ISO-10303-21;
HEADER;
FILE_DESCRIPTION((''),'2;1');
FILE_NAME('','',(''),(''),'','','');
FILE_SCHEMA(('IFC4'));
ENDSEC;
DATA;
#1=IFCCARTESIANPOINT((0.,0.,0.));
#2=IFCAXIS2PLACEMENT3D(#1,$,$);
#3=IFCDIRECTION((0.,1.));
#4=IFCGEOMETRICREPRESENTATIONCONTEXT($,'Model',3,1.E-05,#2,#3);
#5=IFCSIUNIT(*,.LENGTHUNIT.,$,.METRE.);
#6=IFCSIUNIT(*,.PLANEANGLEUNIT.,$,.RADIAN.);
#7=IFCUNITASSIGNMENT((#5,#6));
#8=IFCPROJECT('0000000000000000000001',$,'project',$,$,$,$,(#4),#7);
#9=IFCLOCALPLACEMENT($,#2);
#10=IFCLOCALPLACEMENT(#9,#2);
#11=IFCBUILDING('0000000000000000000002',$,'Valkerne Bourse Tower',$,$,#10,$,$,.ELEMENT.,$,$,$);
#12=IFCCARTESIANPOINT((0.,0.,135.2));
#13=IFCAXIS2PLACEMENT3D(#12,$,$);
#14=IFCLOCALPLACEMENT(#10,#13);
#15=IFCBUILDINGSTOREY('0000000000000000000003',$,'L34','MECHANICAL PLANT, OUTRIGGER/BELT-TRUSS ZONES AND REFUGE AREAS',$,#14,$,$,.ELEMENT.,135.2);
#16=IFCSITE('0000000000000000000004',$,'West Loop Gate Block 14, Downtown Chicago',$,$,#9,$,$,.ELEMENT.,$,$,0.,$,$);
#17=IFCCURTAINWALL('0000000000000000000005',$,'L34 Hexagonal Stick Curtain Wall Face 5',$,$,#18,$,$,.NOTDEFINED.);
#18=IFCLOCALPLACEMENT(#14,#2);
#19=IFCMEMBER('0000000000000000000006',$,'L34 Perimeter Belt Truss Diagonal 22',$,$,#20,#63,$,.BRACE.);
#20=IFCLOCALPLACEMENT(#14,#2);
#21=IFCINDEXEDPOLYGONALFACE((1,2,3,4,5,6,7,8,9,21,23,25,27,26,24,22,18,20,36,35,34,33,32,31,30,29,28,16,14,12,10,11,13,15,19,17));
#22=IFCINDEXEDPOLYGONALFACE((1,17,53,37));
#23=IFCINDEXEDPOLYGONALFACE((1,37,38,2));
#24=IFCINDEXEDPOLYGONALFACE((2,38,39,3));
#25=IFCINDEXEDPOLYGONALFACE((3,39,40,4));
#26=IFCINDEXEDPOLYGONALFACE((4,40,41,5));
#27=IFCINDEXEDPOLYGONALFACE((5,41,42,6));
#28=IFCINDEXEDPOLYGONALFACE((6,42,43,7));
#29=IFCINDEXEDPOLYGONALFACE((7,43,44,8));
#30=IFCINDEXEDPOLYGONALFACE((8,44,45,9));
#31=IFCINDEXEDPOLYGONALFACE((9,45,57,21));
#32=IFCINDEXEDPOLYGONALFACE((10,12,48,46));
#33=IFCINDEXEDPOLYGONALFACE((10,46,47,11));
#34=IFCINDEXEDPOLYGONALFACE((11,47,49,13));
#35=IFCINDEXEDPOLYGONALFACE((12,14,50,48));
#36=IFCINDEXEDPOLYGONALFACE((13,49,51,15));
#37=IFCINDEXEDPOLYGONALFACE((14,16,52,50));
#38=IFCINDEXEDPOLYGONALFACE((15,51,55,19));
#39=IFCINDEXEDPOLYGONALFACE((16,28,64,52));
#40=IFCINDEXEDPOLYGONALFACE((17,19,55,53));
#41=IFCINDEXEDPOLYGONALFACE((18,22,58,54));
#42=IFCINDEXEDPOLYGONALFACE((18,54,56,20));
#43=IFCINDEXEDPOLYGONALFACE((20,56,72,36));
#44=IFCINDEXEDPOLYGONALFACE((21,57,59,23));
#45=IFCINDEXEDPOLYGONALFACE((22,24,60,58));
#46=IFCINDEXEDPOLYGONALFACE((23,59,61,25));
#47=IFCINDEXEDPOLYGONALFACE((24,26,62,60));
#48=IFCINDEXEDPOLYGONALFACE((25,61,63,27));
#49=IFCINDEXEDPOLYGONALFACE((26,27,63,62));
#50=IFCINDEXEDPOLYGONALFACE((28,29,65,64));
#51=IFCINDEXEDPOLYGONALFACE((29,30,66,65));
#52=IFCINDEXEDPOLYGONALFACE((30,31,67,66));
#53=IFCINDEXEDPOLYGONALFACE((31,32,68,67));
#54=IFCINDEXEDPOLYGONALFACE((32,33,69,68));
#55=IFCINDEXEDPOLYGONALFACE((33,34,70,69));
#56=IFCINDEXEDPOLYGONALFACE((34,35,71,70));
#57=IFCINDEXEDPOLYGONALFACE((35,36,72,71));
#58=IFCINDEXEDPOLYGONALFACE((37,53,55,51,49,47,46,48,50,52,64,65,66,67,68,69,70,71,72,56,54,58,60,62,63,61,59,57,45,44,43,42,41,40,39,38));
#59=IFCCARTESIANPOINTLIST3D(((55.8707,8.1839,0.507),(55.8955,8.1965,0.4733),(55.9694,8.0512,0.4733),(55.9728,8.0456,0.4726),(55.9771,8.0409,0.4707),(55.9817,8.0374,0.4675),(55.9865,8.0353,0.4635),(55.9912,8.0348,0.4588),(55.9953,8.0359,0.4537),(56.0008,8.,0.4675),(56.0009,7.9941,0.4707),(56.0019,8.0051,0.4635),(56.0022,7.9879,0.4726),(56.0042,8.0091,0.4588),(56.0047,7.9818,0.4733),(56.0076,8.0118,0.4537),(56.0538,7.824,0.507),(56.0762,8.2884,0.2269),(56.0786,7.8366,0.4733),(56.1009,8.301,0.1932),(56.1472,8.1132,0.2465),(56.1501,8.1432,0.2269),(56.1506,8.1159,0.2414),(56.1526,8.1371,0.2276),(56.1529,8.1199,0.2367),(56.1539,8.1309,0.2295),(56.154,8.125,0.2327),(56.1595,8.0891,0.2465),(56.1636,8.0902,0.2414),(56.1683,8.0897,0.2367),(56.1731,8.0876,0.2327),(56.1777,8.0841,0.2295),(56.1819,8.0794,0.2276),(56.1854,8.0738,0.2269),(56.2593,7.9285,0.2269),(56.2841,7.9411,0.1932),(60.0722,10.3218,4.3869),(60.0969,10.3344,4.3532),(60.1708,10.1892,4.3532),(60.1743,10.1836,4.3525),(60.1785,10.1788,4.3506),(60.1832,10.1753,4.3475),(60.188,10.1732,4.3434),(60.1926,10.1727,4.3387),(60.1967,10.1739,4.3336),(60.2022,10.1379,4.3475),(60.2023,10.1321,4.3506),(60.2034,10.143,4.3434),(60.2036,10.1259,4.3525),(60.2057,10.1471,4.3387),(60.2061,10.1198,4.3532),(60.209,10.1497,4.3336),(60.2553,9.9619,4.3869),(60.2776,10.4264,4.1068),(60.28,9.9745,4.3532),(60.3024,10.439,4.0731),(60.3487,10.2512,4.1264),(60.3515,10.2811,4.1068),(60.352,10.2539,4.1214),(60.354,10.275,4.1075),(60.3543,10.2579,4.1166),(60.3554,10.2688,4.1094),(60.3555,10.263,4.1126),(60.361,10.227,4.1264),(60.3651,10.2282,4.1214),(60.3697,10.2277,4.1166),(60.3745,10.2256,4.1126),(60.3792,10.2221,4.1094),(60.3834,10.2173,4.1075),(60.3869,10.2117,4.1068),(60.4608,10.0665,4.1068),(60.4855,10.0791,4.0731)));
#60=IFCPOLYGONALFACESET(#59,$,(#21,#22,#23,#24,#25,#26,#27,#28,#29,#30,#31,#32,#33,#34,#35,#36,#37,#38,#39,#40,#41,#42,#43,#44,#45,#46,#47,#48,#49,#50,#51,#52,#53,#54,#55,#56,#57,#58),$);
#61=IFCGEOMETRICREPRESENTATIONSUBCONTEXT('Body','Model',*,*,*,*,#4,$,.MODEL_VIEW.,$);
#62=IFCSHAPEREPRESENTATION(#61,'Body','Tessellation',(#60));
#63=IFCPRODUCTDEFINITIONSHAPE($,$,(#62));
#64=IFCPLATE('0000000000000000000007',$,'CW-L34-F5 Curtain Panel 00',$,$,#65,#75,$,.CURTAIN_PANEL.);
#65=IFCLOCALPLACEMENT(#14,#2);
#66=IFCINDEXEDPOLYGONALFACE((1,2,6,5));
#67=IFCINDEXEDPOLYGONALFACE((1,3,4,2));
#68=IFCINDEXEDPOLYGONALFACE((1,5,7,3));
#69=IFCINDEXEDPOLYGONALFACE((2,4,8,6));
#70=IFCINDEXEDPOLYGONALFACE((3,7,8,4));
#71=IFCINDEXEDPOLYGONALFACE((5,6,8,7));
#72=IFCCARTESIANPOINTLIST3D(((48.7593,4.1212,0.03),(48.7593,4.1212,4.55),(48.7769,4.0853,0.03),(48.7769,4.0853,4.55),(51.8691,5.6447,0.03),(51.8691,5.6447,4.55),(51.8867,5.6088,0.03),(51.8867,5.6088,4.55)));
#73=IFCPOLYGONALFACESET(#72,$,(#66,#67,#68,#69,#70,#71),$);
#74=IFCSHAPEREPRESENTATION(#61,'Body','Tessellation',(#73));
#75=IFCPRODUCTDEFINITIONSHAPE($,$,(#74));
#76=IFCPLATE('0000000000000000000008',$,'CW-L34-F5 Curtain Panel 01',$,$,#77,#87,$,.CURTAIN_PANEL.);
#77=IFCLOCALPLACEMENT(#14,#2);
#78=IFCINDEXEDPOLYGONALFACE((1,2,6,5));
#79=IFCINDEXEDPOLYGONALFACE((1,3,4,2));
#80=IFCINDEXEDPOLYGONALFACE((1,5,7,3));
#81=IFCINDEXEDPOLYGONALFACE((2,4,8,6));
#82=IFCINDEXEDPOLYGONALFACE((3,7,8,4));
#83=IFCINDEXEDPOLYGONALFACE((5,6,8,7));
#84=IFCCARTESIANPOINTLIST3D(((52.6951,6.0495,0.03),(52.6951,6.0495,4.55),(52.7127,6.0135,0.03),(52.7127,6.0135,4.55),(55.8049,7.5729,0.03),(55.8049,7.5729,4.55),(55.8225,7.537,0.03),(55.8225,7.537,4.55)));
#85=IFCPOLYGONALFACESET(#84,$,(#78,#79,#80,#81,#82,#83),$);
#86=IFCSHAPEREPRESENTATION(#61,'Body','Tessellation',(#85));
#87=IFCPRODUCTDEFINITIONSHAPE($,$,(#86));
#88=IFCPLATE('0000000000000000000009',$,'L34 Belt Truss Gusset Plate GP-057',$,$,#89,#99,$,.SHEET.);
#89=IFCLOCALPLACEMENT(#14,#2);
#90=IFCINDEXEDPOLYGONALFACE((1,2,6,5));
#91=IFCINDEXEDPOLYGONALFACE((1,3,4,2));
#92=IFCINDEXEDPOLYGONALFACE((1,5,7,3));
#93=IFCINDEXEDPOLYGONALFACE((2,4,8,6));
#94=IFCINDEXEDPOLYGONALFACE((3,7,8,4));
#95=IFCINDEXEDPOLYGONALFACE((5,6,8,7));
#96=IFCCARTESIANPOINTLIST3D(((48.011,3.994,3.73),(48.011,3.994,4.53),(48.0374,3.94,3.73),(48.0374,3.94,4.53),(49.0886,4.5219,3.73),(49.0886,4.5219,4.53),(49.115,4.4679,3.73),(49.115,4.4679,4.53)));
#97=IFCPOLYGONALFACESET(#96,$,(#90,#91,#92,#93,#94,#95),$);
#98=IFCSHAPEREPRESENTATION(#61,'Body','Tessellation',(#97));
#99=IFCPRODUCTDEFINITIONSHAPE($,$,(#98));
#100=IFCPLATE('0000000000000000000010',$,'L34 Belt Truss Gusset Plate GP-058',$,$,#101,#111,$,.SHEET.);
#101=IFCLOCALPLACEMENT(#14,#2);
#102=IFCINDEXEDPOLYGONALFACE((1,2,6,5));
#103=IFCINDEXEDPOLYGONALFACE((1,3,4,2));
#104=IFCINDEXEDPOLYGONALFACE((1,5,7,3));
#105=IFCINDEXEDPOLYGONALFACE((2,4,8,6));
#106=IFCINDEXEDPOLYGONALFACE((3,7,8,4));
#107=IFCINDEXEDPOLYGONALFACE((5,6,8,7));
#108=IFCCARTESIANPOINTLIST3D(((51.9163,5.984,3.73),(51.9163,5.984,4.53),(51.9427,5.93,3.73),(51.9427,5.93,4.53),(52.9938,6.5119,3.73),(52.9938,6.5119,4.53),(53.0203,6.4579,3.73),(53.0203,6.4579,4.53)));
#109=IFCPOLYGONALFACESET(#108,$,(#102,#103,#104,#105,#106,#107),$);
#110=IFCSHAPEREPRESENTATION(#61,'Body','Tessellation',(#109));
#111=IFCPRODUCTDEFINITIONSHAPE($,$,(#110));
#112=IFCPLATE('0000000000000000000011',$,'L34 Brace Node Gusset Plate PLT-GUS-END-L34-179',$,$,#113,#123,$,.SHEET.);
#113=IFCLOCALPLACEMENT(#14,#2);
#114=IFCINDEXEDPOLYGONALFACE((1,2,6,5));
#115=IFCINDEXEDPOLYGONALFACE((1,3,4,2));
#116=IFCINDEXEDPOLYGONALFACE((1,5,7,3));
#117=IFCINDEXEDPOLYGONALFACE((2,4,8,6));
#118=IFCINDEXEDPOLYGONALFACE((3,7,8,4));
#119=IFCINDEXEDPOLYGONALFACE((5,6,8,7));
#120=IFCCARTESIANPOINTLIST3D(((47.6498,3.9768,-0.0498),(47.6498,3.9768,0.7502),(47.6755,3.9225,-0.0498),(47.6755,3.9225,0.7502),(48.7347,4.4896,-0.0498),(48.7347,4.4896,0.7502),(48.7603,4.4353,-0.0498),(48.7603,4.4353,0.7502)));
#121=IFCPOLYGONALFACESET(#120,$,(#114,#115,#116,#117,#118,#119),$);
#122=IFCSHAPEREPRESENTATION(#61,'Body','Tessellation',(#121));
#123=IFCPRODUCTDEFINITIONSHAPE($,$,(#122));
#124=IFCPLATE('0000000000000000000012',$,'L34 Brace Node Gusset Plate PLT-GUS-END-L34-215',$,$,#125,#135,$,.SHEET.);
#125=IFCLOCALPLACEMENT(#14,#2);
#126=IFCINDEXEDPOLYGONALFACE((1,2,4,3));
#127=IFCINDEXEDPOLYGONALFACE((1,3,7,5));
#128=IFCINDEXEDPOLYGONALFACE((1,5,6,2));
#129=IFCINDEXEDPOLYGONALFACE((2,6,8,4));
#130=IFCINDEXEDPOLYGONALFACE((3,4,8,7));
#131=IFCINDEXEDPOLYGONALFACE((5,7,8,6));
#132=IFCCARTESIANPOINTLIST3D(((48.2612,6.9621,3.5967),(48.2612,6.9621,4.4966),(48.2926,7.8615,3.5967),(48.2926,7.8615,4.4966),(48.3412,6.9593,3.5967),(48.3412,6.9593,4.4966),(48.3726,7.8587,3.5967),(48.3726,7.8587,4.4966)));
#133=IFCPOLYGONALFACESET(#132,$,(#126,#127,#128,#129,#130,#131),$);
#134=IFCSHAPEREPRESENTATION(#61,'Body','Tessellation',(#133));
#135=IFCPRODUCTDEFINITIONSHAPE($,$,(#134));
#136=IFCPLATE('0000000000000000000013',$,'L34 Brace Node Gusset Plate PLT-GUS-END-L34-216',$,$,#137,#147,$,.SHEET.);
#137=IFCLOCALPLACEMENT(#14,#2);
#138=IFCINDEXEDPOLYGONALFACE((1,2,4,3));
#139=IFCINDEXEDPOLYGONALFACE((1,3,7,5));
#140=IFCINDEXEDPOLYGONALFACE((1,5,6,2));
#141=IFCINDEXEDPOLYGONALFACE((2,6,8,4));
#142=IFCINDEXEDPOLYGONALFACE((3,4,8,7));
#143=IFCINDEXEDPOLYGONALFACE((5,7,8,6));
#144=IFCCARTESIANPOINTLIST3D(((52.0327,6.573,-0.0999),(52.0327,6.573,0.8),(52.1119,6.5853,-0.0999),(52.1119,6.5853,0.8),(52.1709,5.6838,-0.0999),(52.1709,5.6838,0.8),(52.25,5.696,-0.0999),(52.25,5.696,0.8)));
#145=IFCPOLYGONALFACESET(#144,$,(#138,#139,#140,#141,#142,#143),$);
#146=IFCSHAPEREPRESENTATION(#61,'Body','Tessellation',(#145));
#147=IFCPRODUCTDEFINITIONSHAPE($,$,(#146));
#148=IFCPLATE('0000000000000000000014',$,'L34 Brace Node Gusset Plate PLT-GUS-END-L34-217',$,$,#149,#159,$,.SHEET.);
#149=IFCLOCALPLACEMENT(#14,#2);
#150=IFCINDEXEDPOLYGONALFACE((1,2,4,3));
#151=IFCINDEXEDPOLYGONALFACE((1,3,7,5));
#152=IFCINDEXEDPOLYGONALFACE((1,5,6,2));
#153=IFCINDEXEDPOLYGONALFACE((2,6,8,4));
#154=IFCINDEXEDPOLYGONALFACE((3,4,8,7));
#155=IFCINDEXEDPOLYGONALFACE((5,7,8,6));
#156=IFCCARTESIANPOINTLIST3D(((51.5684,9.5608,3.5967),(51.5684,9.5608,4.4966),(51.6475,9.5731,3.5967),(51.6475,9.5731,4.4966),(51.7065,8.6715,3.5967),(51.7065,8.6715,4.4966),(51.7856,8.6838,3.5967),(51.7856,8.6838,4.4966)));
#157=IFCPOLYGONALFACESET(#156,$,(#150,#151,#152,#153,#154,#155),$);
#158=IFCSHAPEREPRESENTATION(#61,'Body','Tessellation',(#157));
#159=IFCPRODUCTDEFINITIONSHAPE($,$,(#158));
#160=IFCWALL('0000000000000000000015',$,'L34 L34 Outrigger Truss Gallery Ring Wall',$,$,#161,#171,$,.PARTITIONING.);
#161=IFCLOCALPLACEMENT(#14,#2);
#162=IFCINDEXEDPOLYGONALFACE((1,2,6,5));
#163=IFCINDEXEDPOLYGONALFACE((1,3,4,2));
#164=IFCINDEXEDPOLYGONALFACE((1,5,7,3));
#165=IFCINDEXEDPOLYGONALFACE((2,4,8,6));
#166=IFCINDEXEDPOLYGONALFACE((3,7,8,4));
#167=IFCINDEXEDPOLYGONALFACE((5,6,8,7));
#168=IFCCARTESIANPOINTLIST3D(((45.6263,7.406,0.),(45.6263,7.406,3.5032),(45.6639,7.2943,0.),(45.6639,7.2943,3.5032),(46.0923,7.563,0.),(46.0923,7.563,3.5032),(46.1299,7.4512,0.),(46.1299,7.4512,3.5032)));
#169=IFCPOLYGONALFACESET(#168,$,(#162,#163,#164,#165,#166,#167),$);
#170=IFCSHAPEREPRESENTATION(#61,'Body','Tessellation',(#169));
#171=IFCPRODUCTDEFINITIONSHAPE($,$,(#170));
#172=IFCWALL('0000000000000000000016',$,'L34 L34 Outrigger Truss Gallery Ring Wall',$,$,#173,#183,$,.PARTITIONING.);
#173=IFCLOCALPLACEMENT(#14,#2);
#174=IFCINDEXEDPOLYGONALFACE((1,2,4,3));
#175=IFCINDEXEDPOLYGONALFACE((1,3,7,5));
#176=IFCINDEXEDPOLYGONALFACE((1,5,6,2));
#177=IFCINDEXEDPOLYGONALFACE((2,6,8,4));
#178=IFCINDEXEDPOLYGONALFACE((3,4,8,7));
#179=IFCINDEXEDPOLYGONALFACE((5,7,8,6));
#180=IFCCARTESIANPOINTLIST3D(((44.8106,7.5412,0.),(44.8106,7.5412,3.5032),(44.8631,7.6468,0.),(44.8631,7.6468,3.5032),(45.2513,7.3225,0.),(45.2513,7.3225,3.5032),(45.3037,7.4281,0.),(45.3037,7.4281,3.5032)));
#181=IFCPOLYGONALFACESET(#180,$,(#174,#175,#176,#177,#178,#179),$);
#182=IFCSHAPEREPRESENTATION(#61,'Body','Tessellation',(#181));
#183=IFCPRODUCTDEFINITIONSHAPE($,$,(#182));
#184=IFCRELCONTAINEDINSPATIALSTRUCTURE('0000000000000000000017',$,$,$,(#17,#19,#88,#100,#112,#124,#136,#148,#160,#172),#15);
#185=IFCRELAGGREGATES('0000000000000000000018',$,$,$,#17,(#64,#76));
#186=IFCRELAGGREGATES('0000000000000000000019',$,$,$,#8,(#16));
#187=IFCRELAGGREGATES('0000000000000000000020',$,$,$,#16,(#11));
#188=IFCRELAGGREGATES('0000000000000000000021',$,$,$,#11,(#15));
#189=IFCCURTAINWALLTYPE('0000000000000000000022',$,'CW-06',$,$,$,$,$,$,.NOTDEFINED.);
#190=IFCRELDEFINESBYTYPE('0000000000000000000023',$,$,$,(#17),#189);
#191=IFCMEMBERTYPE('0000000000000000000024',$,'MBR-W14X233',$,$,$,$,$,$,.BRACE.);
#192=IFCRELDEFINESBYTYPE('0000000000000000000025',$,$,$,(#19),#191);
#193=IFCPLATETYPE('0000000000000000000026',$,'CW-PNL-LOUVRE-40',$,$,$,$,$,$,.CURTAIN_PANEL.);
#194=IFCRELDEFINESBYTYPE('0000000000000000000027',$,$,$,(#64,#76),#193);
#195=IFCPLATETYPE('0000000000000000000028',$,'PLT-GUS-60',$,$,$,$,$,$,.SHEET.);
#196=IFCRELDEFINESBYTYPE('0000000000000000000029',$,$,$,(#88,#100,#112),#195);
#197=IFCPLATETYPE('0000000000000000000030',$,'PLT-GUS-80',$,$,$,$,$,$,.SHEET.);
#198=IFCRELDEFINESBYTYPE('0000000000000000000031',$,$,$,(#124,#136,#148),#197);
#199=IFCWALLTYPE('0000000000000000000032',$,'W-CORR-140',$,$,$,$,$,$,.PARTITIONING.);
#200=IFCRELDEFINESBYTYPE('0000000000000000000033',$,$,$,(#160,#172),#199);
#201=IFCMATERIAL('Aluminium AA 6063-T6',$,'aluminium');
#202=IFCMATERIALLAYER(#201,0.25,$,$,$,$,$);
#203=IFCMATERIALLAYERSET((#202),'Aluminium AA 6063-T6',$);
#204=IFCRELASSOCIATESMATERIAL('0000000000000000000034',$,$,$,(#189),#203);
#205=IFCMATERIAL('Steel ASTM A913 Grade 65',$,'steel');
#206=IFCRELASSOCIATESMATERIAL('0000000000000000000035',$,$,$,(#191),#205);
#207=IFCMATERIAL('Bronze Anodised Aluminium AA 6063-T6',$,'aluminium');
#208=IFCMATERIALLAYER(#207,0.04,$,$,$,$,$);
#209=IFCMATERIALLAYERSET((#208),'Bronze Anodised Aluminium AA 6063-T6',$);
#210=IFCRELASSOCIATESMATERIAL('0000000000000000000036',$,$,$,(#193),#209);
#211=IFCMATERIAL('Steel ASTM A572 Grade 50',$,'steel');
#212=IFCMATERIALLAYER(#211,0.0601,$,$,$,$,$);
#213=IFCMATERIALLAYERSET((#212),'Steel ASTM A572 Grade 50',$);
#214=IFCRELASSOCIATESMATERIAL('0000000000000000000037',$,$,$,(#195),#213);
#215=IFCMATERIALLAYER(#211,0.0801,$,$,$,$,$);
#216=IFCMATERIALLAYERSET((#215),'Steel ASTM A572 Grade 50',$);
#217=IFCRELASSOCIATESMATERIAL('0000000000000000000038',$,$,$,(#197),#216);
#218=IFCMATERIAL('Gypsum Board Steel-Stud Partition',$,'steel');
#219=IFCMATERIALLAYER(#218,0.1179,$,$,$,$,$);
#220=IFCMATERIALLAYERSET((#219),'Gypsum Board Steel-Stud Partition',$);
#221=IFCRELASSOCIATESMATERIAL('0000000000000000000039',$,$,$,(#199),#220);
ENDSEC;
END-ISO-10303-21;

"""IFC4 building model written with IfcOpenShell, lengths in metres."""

from ifc_helpers import new_model, si_unit, direction, frame, frame_2d, origin, origin_2d, place, context, subcontext, project, spatial, rectangle, i_section, extrude, material, layer, layer_set, material_profile, profile_set, type_object, element, aggregate, save


model = new_model("IFC4")

# Units and contexts
model_context = context("Model", 3, precision=1e-05, world=origin(), true_north=direction((0.0, 1.0)))
body_context = subcontext(model_context, "Body", "Model", "MODEL_VIEW")
ifc_project = project(units=[si_unit("LENGTHUNIT", "METRE"), si_unit("PLANEANGLEUNIT", "RADIAN")], contexts=[model_context])

# Site, building, storey
site_placement = place(None, origin())
site = spatial("IfcSite", under=ifc_project, at=site_placement, Name="West Loop Gate Block 14, Downtown Chicago", CompositionType="ELEMENT", RefElevation=0.0)
building_placement = place(site_placement, origin())
building = spatial("IfcBuilding", under=site, at=building_placement, Name="Valkerne Bourse Tower", CompositionType="ELEMENT")
storey_placement = place(building_placement, frame((0.0, 0.0, 135.2)))
storey = spatial("IfcBuildingStorey", under=building, at=storey_placement, Name="L34", Description="MECHANICAL PLANT, OUTRIGGER/BELT-TRUSS ZONES AND REFUGE AREAS", CompositionType="ELEMENT", Elevation=135.2)

# Shared definitions
ifc_material_1 = material(Name="Steel ASTM A913 Grade 65", Category="steel")

# Curtain wall
ifc_material_2 = material(Name="Aluminium AA 6063-T6", Category="aluminium")
ifc_layer_1 = layer(ifc_material_2, 0.25)
ifc_layer_set_1 = layer_set([ifc_layer_1], Name="Aluminium AA 6063-T6")
curtain_wall_type = type_object("IfcCurtainWallType", Name="CW-06", PredefinedType="NOTDEFINED", material=ifc_layer_set_1)
curtain_wall_placement = place(storey_placement, origin())
curtain_wall = element("IfcCurtainWall", 1, at=curtain_wall_placement, inside=storey, type_object=curtain_wall_type, Name="L34 Hexagonal Stick Curtain Wall Face 5", PredefinedType="NOTDEFINED")

# Member
ifc_material_profile_1 = material_profile(ifc_material_1, i_section(OverallWidth=0.4038, OverallDepth=0.4065, WebThickness=0.0271, FlangeThickness=0.0437, FilletRadius=0.0254, at=origin_2d()), Name="W14X233")
ifc_profile_set_1 = profile_set([ifc_material_profile_1], Name="Steel ASTM A913 Grade 65")
member_type_1 = type_object("IfcMemberType", Name="MBR-W14X233", PredefinedType="BRACE", material=ifc_profile_set_1)
member_1_placement = place(storey_placement, frame((56.0774, 8.0625, 0.3501), z_axis=(0.688145, 0.350171, 0.635482), x_axis=(-0.453521, 0.891246, 0.0)))
element("IfcMember", 2, at=member_1_placement, inside=storey, type_object=member_type_1, Name="L34 Perimeter Belt Truss Diagonal 22", PredefinedType="BRACE", context=body_context, shape_type="SweptSolid", body=[
    extrude(i_section(OverallWidth=0.4038, OverallDepth=0.4065, WebThickness=0.0271, FlangeThickness=0.0437, FilletRadius=0.0254, at=origin_2d()), origin(), (0.0, 0.0, 1.0), 6.1055),
])

# Plates
ifc_material_3 = material(Name="Bronze Anodised Aluminium AA 6063-T6", Category="aluminium")
ifc_layer_2 = layer(ifc_material_3, 0.04)
ifc_layer_set_2 = layer_set([ifc_layer_2], Name="Bronze Anodised Aluminium AA 6063-T6")
plate_type_1 = type_object("IfcPlateType", Name="CW-PNL-LOUVRE-40", PredefinedType="CURTAIN_PANEL", material=ifc_layer_set_2)
plate_1_placement = place(storey_placement, frame((50.323, 4.865, 0.03), z_axis=(0.0, 0.0, 1.0), x_axis=(0.898025, 0.439944, 0.0)))
plate_1 = element("IfcPlate", 3, at=plate_1_placement, type_object=plate_type_1, Name="CW-L34-F5 Curtain Panel 00", PredefinedType="CURTAIN_PANEL", context=body_context, shape_type="SweptSolid", body=[
    extrude(rectangle(XDim=3.4629, YDim=0.04, at=origin_2d()), origin(), (0.0, 0.0, 1.0), 4.52),
])
plate_2_placement = place(storey_placement, frame((54.2588, 6.7932, 0.03), z_axis=(0.0, 0.0, 1.0), x_axis=(0.89803, 0.439934, 0.0)))
plate_2 = element("IfcPlate", 4, at=plate_2_placement, type_object=plate_type_1, Name="CW-L34-F5 Curtain Panel 01", PredefinedType="CURTAIN_PANEL", context=body_context, shape_type="SweptSolid", body=[
    extrude(rectangle(XDim=3.4629, YDim=0.04, at=origin_2d()), origin(), (0.0, 0.0, 1.0), 4.52),
])
aggregate(curtain_wall, [plate_1, plate_2])

# Plates
ifc_material_4 = material(Name="Steel ASTM A572 Grade 50", Category="steel")
ifc_layer_3 = layer(ifc_material_4, 0.0601)
ifc_layer_set_3 = layer_set([ifc_layer_3], Name="Steel ASTM A572 Grade 50")
plate_type_2 = type_object("IfcPlateType", Name="PLT-GUS-60", PredefinedType="SHEET", material=ifc_layer_set_3)
for number, where, z_axis, x_axis, name in (
    (5, (48.563, 4.231, 3.73), (0.0, 0.0, 1.0), (0.898028, 0.439939, 0.0), "L34 Belt Truss Gusset Plate GP-057"),
    (6, (52.4683, 6.2209, 3.73), (0.0, 0.0, 1.0), (0.898028, 0.439939, 0.0), "L34 Belt Truss Gusset Plate GP-058"),
    (7, (48.2051, 4.2061, -0.0498), (0.0, 0.0, 1.0), (0.904083, 0.427358, 0.0), "L34 Brace Node Gusset Plate PLT-GUS-END-L34-179"),
):
    element("IfcPlate", number, at=place(storey_placement, frame(where, z_axis=z_axis, x_axis=x_axis)), inside=storey, type_object=plate_type_2, Name=name, PredefinedType="SHEET", context=body_context, shape_type="SweptSolid", body=[
        extrude(rectangle(XDim=1.2, YDim=0.0601, at=origin_2d()), origin(), (0.0, 0.0, 1.0), 0.8),
    ])
ifc_layer_4 = layer(ifc_material_4, 0.0801)
ifc_layer_set_4 = layer_set([ifc_layer_4], Name="Steel ASTM A572 Grade 50")
plate_type_3 = type_object("IfcPlateType", Name="PLT-GUS-80", PredefinedType="SHEET", material=ifc_layer_set_4)
for number, where, z_axis, x_axis, name in (
    (8, (48.3169, 7.4104, 3.5967), (0.0, 0.0, 1.0), (0.034899, 0.999391, 0.0), "L34 Brace Node Gusset Plate PLT-GUS-END-L34-215"),
    (9, (52.1414, 6.1345, -0.0999), (0.0, 0.0, 1.0), (-0.153503, 0.988148, 0.0), "L34 Brace Node Gusset Plate PLT-GUS-END-L34-216"),
    (10, (51.677, 9.1223, 3.5967), (0.0, 0.0, 1.0), (-0.153503, 0.988148, 0.0), "L34 Brace Node Gusset Plate PLT-GUS-END-L34-217"),
):
    element("IfcPlate", number, at=place(storey_placement, frame(where, z_axis=z_axis, x_axis=x_axis)), inside=storey, type_object=plate_type_3, Name=name, PredefinedType="SHEET", context=body_context, shape_type="SweptSolid", body=[
        extrude(rectangle(XDim=0.8999, YDim=0.0801, at=origin_2d()), origin(), (0.0, 0.0, 1.0), 0.8999),
    ])

# Walls
ifc_material_5 = material(Name="Gypsum Board Steel-Stud Partition", Category="steel")
ifc_layer_5 = layer(ifc_material_5, 0.1179)
ifc_layer_set_5 = layer_set([ifc_layer_5], Name="Gypsum Board Steel-Stud Partition")
wall_type = type_object("IfcWallType", Name="W-CORR-140", PredefinedType="PARTITIONING", material=ifc_layer_set_5)
wall_1_placement = place(storey_placement, frame((46.1111, 7.5071, 0.0), z_axis=(0.0, 0.0, 1.0), x_axis=(-0.947686, -0.319205, 0.0)))
element("IfcWall", 11, at=wall_1_placement, inside=storey, type_object=wall_type, Name="L34 L34 Outrigger Truss Gallery Ring Wall", PredefinedType="PARTITIONING", context=body_context, shape_type="SweptSolid", body=[
    extrude(rectangle(XDim=0.4917, YDim=0.1179, at=frame_2d((0.2458, 0.0))), origin(), (0.0, 0.0, 1.0), 3.5032),
])
wall_2_placement = place(storey_placement, frame((45.2776, 7.3752, 0.0), z_axis=(0.0, 0.0, 1.0), x_axis=(-0.895714, 0.444631, 0.0)))
element("IfcWall", 12, at=wall_2_placement, inside=storey, type_object=wall_type, Name="L34 L34 Outrigger Truss Gallery Ring Wall", PredefinedType="PARTITIONING", context=body_context, shape_type="SweptSolid", body=[
    extrude(rectangle(XDim=0.4919, YDim=0.1179, at=frame_2d((0.2461, 0.0))), origin(), (0.0, 0.0, 1.0), 3.5032),
])

save(model, "model.ifc")
